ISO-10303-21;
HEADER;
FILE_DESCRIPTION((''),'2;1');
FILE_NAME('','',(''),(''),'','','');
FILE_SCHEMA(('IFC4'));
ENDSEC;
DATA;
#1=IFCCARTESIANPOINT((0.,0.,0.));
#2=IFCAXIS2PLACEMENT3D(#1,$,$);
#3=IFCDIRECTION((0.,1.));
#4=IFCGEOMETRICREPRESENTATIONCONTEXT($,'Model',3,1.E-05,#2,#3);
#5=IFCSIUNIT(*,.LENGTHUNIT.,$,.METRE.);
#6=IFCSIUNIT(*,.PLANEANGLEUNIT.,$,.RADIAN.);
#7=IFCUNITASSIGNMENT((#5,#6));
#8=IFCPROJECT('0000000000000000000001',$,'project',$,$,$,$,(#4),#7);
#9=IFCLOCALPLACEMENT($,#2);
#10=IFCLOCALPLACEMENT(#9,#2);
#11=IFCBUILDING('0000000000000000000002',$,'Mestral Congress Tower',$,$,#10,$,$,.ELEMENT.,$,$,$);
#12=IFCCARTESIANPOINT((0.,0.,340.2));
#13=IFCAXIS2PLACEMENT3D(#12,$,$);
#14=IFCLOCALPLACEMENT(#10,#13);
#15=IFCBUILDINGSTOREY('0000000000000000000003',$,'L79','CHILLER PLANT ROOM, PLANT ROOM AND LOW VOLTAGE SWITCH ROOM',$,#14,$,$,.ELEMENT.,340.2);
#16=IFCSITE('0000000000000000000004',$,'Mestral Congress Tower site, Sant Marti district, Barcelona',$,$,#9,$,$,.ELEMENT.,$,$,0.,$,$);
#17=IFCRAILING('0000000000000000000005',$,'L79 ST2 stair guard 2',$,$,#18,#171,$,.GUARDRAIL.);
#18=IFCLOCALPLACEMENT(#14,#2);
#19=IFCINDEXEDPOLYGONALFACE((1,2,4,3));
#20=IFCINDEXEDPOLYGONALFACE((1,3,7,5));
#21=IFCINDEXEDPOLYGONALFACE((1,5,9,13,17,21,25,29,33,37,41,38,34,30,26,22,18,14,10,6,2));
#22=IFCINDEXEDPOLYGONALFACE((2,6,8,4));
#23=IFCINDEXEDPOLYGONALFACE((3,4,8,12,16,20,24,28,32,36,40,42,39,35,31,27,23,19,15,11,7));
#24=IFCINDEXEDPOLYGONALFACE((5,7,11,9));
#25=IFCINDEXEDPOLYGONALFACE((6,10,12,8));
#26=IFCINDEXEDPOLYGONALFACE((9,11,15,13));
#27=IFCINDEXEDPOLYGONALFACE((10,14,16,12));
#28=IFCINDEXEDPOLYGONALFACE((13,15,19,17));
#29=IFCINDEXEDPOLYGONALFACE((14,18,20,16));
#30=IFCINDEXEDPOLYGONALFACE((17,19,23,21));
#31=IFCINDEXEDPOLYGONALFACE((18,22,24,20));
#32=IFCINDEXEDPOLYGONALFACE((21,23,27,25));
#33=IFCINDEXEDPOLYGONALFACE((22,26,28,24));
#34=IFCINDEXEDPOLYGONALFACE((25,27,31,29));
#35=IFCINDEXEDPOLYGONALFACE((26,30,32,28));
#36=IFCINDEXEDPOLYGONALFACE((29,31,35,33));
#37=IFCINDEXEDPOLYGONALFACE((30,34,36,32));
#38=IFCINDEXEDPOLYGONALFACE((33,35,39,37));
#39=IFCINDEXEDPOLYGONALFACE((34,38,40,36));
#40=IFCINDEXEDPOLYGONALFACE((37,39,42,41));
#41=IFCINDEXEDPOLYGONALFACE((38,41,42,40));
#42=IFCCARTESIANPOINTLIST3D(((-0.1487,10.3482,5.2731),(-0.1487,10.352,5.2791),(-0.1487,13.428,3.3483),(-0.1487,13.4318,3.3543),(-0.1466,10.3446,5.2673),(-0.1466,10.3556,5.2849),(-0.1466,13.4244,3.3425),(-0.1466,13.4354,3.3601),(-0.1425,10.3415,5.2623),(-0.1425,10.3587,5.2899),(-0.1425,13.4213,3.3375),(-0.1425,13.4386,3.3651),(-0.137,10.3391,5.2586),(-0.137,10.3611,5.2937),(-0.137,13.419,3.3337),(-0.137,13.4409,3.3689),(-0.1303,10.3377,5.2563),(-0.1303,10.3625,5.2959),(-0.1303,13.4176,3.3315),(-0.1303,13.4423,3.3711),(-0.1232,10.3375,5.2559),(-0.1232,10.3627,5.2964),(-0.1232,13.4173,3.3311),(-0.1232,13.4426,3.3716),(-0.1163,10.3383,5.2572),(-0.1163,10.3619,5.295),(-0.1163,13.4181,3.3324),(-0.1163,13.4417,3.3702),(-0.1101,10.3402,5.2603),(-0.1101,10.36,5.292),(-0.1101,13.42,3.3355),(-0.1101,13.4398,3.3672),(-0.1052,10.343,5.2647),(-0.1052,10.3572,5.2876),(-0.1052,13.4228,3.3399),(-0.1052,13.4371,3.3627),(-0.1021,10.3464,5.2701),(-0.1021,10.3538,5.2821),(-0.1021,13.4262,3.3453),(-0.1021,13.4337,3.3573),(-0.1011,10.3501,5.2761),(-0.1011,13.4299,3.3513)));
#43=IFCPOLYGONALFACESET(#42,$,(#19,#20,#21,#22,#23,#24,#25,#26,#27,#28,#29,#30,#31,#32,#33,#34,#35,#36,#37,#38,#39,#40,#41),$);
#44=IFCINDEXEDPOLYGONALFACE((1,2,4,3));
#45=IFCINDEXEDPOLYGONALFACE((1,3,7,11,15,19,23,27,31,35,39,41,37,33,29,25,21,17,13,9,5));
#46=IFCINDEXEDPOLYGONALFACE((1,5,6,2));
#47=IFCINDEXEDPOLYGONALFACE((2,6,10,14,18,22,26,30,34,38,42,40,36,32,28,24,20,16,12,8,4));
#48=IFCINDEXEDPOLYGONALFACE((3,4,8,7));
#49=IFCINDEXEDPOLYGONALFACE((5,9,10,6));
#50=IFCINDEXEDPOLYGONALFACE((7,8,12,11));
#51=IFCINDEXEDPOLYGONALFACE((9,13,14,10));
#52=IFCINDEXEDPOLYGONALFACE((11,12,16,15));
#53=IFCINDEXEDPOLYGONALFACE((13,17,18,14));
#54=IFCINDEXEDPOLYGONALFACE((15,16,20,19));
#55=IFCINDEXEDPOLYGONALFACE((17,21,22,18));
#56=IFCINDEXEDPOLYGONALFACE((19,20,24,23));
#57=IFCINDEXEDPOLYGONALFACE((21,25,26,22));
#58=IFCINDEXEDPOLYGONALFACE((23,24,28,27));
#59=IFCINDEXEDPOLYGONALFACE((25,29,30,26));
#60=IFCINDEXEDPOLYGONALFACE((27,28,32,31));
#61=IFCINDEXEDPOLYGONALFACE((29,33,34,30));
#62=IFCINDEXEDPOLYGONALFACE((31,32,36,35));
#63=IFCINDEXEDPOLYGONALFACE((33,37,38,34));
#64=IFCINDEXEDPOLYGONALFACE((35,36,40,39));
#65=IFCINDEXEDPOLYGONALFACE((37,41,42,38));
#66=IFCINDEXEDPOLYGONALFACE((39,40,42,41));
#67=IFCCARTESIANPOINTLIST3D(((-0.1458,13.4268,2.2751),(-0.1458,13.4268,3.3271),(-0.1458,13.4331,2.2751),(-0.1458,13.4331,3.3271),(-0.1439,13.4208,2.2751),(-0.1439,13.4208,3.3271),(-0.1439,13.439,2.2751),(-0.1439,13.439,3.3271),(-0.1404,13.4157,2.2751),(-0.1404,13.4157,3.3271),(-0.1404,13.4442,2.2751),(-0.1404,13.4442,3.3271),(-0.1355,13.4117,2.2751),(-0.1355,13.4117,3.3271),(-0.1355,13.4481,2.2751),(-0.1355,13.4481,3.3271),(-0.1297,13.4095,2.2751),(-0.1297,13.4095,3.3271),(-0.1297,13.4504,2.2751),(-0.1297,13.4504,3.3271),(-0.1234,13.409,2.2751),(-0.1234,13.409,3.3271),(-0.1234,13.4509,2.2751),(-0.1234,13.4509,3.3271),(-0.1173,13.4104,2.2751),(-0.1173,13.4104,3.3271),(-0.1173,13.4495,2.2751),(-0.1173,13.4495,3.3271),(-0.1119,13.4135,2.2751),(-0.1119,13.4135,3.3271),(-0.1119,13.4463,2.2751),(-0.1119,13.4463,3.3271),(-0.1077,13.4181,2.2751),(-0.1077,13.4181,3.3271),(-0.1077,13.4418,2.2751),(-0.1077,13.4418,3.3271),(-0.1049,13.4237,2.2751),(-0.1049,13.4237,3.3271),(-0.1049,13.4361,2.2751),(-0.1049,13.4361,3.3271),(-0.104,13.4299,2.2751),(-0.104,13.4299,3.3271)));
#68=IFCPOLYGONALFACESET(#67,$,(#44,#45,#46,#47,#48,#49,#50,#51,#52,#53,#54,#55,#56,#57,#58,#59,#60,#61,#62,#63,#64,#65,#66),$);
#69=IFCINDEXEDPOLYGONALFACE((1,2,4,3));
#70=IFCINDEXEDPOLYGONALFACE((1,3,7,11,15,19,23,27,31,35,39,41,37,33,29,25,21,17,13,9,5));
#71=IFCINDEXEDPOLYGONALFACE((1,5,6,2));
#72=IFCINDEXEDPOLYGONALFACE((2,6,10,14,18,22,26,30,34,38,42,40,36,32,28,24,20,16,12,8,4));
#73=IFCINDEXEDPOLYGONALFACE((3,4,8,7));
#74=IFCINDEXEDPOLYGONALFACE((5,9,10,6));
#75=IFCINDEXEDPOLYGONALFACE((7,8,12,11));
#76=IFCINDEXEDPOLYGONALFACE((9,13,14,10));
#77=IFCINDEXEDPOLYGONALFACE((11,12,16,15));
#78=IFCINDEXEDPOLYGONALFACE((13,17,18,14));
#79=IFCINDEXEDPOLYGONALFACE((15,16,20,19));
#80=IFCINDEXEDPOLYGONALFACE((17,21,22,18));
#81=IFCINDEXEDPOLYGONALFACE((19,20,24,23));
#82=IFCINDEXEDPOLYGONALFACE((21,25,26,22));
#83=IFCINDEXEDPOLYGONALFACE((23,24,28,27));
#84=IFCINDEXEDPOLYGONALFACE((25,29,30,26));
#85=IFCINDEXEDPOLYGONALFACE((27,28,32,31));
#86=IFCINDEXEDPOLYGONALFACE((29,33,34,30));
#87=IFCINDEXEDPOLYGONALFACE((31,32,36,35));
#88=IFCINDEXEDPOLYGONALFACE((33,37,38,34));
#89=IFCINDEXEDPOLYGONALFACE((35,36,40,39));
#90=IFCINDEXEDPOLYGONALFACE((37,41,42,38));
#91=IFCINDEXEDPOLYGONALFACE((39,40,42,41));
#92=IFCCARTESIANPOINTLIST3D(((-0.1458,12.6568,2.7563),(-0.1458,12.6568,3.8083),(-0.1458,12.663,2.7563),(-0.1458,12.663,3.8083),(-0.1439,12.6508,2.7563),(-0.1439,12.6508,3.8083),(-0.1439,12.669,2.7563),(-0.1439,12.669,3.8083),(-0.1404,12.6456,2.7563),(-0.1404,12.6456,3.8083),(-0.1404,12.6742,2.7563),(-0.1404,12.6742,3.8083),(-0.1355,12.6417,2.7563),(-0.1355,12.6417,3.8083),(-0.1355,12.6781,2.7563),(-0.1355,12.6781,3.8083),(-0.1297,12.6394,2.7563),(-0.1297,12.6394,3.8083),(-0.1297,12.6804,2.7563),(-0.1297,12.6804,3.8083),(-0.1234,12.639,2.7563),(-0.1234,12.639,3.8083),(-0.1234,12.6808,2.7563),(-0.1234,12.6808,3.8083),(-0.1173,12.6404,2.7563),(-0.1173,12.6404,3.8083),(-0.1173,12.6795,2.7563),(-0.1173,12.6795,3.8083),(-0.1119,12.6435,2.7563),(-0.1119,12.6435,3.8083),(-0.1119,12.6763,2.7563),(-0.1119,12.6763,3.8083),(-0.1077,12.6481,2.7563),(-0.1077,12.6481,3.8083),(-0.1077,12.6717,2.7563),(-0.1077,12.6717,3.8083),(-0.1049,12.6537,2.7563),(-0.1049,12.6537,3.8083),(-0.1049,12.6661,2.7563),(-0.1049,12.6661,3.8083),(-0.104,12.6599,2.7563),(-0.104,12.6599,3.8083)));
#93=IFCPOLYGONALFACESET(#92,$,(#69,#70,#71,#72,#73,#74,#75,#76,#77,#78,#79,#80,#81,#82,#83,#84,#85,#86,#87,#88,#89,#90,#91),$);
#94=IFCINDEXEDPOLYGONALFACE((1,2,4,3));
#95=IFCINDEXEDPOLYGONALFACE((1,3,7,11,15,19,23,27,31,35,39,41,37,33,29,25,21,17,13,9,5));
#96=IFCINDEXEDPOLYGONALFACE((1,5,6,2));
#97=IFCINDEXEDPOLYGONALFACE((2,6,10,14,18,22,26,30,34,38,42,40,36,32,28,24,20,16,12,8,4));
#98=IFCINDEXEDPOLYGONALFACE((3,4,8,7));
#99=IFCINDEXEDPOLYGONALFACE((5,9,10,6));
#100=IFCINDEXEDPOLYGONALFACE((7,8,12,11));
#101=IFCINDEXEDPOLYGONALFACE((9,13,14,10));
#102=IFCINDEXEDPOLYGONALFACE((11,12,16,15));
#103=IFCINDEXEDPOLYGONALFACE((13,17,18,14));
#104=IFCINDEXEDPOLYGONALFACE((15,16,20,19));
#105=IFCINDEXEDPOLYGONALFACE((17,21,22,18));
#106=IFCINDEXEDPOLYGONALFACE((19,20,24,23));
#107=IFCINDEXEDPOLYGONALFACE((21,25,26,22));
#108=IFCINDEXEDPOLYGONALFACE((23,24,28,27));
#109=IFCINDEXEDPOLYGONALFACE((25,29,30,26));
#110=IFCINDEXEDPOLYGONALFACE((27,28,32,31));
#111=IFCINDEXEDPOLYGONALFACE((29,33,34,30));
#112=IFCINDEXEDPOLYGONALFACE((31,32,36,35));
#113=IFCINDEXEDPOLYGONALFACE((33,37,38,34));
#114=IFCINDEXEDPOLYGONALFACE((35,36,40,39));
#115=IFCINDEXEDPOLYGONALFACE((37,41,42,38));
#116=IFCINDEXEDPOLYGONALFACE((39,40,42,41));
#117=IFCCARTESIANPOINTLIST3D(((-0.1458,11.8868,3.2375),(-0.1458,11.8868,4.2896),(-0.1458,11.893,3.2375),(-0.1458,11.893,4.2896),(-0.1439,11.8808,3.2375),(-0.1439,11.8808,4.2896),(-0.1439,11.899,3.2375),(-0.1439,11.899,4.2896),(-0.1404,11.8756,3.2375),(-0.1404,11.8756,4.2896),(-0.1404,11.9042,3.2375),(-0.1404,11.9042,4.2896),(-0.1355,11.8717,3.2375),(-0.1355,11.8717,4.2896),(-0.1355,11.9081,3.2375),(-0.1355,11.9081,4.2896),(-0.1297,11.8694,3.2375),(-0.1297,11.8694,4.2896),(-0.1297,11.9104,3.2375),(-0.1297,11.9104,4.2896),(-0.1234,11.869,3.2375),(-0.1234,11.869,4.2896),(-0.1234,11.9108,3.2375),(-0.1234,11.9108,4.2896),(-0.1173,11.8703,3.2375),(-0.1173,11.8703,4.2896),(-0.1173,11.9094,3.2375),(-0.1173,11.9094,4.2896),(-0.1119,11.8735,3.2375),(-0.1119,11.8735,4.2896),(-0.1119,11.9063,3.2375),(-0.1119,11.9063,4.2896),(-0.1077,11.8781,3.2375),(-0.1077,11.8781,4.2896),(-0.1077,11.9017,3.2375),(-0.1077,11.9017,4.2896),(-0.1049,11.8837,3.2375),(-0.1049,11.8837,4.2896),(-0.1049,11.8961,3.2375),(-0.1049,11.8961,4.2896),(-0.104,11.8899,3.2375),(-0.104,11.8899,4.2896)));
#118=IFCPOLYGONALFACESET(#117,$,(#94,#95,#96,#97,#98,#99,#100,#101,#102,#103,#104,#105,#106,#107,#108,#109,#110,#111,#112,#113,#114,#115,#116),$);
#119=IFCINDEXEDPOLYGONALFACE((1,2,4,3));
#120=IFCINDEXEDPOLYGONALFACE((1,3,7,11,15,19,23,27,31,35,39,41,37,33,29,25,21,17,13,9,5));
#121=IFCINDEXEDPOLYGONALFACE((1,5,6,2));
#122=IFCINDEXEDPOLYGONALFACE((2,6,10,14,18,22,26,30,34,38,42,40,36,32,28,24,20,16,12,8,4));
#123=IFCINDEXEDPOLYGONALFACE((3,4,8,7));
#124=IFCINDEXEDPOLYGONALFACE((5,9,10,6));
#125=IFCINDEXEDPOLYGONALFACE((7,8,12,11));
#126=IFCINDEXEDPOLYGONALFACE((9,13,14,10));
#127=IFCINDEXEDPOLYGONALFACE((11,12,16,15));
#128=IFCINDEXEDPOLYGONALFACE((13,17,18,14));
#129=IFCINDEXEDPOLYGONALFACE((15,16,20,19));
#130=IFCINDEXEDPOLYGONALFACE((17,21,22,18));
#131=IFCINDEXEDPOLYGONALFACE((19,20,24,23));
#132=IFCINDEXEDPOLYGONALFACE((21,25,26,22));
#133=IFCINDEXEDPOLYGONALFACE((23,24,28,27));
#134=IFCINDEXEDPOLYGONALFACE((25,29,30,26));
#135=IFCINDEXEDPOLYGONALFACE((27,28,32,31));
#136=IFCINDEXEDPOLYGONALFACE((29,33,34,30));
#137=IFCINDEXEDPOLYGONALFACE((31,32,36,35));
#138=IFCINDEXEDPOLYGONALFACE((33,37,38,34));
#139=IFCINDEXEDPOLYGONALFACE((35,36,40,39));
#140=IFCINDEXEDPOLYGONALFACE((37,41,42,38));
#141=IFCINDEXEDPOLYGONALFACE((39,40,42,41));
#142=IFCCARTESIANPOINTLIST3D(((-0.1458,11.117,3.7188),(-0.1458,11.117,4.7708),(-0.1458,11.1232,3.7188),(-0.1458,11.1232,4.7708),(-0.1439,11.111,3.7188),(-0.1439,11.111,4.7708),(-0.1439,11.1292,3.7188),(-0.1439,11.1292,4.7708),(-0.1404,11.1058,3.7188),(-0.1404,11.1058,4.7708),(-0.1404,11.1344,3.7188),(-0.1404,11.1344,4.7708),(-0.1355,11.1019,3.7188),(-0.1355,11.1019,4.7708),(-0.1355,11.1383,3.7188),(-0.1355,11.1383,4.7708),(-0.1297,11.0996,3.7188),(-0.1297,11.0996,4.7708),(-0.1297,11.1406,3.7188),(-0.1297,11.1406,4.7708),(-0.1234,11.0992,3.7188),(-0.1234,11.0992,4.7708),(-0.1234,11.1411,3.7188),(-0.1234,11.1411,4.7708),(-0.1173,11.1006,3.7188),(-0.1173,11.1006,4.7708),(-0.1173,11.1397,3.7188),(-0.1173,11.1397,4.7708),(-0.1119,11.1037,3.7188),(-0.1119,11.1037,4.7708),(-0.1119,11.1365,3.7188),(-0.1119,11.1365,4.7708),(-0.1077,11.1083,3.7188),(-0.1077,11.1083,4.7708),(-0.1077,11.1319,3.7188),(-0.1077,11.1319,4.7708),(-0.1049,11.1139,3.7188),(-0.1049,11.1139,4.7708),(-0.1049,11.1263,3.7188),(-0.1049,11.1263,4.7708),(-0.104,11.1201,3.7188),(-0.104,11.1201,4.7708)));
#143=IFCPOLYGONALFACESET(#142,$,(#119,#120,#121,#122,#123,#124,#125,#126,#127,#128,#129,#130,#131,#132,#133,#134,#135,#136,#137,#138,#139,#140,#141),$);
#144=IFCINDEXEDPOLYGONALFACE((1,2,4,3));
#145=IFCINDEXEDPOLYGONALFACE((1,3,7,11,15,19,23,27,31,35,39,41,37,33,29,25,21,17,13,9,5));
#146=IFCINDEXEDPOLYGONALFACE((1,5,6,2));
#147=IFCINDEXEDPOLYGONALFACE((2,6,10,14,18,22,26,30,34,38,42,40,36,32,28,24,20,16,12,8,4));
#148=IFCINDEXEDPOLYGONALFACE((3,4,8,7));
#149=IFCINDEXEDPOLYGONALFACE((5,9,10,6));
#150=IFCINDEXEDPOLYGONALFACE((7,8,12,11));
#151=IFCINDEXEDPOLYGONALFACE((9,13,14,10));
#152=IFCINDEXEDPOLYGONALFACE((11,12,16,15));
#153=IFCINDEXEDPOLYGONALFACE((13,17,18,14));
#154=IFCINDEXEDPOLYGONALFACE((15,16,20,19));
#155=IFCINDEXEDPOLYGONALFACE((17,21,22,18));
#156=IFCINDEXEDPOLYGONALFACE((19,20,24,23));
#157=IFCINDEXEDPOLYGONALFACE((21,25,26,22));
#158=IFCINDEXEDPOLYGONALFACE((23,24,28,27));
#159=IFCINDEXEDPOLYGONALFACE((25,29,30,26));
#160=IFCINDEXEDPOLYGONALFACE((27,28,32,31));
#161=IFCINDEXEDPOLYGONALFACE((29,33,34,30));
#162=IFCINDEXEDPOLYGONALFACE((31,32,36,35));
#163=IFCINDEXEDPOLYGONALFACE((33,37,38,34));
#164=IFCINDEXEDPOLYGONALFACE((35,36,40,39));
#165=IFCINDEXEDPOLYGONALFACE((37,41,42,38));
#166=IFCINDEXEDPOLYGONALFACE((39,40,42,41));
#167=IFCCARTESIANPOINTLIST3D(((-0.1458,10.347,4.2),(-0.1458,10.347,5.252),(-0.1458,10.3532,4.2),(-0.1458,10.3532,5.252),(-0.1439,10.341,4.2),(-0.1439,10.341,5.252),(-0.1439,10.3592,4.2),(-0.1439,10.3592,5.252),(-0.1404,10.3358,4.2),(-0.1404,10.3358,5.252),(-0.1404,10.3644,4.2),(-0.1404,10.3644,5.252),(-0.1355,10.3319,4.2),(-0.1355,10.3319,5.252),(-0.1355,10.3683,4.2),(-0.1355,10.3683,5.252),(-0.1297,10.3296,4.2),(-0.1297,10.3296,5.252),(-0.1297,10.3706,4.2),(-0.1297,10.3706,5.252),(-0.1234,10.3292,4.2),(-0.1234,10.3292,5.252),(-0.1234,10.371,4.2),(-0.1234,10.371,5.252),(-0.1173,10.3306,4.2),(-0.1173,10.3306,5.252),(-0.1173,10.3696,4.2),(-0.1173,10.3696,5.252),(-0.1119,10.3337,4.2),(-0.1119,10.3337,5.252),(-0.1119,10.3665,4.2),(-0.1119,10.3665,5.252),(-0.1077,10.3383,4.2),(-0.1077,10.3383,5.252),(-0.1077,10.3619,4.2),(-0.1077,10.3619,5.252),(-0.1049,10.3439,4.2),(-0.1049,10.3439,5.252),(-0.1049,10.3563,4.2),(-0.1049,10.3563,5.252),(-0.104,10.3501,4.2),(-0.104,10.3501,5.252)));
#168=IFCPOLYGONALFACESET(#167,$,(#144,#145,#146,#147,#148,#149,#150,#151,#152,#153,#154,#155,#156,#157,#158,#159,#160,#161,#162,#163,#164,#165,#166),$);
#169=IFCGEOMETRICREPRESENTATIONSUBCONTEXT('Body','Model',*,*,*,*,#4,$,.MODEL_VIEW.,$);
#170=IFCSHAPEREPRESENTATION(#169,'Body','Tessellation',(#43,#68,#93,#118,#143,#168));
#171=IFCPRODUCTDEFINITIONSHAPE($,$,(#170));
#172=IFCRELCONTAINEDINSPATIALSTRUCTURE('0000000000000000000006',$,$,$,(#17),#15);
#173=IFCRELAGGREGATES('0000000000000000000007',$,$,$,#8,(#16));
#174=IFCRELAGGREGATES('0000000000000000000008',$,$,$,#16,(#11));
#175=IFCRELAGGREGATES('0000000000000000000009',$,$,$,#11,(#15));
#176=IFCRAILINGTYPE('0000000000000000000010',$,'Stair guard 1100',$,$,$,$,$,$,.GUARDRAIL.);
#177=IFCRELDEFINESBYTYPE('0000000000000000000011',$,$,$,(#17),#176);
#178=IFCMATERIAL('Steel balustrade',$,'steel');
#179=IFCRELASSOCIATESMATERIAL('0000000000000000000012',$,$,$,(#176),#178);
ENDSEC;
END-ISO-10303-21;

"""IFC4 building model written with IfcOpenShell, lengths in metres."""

from ifc_helpers import new_model, si_unit, direction, frame, origin, origin_2d, place, context, subcontext, project, spatial, circle, extrude, material, type_object, element, save


model = new_model("IFC4")

# Units and contexts
model_context = context("Model", 3, precision=1e-05, world=origin(), true_north=direction((0.0, 1.0)))
body_context = subcontext(model_context, "Body", "Model", "MODEL_VIEW")
ifc_project = project(units=[si_unit("LENGTHUNIT", "METRE"), si_unit("PLANEANGLEUNIT", "RADIAN")], contexts=[model_context])

# Site, building, storey
site_placement = place(None, origin())
site = spatial("IfcSite", under=ifc_project, at=site_placement, Name="Mestral Congress Tower site, Sant Marti district, Barcelona", CompositionType="ELEMENT", RefElevation=0.0)
building_placement = place(site_placement, origin())
building = spatial("IfcBuilding", under=site, at=building_placement, Name="Mestral Congress Tower", CompositionType="ELEMENT")
storey_placement = place(building_placement, frame((0.0, 0.0, 340.2)))
storey = spatial("IfcBuildingStorey", under=building, at=storey_placement, Name="L79", Description="CHILLER PLANT ROOM, PLANT ROOM AND LOW VOLTAGE SWITCH ROOM", CompositionType="ELEMENT", Elevation=340.2)

# Railing
ifc_material_1 = material(Name="Steel balustrade", Category="steel")
railing_type = type_object("IfcRailingType", Name="Stair guard 1100", PredefinedType="GUARDRAIL", material=ifc_material_1)
railing_placement = place(storey_placement, frame((-0.125, 13.4299, 2.2751)))
element("IfcRailing", 1, at=railing_placement, inside=storey, type_object=railing_type, Name="L79 ST2 stair guard 2", PredefinedType="GUARDRAIL", context=body_context, shape_type="SweptSolid", body=[
    extrude(circle(Radius=0.0239, at=origin_2d()), frame((0.0, 0.0, 1.0762), z_axis=(0.0, -0.84801, 0.529981), x_axis=(1.0, 0.0, 0.0)), (0.0, 0.0, 1.0), 3.6318),
    extrude(circle(Radius=0.021, at=origin_2d()), origin(), (0.0, 0.0, 1.0), 1.052),
    extrude(circle(Radius=0.021, at=origin_2d()), frame((0.0, -0.77, 0.4812)), (0.0, 0.0, 1.0), 1.052),
    extrude(circle(Radius=0.021, at=origin_2d()), frame((0.0, -1.54, 0.9624)), (0.0, 0.0, 1.0), 1.052),
    extrude(circle(Radius=0.021, at=origin_2d()), frame((0.0, -2.3098, 1.4436)), (0.0, 0.0, 1.0), 1.052),
    extrude(circle(Radius=0.021, at=origin_2d()), frame((0.0, -3.0798, 1.9248)), (0.0, 0.0, 1.0), 1.052),
])

save(model, "model.ifc")
